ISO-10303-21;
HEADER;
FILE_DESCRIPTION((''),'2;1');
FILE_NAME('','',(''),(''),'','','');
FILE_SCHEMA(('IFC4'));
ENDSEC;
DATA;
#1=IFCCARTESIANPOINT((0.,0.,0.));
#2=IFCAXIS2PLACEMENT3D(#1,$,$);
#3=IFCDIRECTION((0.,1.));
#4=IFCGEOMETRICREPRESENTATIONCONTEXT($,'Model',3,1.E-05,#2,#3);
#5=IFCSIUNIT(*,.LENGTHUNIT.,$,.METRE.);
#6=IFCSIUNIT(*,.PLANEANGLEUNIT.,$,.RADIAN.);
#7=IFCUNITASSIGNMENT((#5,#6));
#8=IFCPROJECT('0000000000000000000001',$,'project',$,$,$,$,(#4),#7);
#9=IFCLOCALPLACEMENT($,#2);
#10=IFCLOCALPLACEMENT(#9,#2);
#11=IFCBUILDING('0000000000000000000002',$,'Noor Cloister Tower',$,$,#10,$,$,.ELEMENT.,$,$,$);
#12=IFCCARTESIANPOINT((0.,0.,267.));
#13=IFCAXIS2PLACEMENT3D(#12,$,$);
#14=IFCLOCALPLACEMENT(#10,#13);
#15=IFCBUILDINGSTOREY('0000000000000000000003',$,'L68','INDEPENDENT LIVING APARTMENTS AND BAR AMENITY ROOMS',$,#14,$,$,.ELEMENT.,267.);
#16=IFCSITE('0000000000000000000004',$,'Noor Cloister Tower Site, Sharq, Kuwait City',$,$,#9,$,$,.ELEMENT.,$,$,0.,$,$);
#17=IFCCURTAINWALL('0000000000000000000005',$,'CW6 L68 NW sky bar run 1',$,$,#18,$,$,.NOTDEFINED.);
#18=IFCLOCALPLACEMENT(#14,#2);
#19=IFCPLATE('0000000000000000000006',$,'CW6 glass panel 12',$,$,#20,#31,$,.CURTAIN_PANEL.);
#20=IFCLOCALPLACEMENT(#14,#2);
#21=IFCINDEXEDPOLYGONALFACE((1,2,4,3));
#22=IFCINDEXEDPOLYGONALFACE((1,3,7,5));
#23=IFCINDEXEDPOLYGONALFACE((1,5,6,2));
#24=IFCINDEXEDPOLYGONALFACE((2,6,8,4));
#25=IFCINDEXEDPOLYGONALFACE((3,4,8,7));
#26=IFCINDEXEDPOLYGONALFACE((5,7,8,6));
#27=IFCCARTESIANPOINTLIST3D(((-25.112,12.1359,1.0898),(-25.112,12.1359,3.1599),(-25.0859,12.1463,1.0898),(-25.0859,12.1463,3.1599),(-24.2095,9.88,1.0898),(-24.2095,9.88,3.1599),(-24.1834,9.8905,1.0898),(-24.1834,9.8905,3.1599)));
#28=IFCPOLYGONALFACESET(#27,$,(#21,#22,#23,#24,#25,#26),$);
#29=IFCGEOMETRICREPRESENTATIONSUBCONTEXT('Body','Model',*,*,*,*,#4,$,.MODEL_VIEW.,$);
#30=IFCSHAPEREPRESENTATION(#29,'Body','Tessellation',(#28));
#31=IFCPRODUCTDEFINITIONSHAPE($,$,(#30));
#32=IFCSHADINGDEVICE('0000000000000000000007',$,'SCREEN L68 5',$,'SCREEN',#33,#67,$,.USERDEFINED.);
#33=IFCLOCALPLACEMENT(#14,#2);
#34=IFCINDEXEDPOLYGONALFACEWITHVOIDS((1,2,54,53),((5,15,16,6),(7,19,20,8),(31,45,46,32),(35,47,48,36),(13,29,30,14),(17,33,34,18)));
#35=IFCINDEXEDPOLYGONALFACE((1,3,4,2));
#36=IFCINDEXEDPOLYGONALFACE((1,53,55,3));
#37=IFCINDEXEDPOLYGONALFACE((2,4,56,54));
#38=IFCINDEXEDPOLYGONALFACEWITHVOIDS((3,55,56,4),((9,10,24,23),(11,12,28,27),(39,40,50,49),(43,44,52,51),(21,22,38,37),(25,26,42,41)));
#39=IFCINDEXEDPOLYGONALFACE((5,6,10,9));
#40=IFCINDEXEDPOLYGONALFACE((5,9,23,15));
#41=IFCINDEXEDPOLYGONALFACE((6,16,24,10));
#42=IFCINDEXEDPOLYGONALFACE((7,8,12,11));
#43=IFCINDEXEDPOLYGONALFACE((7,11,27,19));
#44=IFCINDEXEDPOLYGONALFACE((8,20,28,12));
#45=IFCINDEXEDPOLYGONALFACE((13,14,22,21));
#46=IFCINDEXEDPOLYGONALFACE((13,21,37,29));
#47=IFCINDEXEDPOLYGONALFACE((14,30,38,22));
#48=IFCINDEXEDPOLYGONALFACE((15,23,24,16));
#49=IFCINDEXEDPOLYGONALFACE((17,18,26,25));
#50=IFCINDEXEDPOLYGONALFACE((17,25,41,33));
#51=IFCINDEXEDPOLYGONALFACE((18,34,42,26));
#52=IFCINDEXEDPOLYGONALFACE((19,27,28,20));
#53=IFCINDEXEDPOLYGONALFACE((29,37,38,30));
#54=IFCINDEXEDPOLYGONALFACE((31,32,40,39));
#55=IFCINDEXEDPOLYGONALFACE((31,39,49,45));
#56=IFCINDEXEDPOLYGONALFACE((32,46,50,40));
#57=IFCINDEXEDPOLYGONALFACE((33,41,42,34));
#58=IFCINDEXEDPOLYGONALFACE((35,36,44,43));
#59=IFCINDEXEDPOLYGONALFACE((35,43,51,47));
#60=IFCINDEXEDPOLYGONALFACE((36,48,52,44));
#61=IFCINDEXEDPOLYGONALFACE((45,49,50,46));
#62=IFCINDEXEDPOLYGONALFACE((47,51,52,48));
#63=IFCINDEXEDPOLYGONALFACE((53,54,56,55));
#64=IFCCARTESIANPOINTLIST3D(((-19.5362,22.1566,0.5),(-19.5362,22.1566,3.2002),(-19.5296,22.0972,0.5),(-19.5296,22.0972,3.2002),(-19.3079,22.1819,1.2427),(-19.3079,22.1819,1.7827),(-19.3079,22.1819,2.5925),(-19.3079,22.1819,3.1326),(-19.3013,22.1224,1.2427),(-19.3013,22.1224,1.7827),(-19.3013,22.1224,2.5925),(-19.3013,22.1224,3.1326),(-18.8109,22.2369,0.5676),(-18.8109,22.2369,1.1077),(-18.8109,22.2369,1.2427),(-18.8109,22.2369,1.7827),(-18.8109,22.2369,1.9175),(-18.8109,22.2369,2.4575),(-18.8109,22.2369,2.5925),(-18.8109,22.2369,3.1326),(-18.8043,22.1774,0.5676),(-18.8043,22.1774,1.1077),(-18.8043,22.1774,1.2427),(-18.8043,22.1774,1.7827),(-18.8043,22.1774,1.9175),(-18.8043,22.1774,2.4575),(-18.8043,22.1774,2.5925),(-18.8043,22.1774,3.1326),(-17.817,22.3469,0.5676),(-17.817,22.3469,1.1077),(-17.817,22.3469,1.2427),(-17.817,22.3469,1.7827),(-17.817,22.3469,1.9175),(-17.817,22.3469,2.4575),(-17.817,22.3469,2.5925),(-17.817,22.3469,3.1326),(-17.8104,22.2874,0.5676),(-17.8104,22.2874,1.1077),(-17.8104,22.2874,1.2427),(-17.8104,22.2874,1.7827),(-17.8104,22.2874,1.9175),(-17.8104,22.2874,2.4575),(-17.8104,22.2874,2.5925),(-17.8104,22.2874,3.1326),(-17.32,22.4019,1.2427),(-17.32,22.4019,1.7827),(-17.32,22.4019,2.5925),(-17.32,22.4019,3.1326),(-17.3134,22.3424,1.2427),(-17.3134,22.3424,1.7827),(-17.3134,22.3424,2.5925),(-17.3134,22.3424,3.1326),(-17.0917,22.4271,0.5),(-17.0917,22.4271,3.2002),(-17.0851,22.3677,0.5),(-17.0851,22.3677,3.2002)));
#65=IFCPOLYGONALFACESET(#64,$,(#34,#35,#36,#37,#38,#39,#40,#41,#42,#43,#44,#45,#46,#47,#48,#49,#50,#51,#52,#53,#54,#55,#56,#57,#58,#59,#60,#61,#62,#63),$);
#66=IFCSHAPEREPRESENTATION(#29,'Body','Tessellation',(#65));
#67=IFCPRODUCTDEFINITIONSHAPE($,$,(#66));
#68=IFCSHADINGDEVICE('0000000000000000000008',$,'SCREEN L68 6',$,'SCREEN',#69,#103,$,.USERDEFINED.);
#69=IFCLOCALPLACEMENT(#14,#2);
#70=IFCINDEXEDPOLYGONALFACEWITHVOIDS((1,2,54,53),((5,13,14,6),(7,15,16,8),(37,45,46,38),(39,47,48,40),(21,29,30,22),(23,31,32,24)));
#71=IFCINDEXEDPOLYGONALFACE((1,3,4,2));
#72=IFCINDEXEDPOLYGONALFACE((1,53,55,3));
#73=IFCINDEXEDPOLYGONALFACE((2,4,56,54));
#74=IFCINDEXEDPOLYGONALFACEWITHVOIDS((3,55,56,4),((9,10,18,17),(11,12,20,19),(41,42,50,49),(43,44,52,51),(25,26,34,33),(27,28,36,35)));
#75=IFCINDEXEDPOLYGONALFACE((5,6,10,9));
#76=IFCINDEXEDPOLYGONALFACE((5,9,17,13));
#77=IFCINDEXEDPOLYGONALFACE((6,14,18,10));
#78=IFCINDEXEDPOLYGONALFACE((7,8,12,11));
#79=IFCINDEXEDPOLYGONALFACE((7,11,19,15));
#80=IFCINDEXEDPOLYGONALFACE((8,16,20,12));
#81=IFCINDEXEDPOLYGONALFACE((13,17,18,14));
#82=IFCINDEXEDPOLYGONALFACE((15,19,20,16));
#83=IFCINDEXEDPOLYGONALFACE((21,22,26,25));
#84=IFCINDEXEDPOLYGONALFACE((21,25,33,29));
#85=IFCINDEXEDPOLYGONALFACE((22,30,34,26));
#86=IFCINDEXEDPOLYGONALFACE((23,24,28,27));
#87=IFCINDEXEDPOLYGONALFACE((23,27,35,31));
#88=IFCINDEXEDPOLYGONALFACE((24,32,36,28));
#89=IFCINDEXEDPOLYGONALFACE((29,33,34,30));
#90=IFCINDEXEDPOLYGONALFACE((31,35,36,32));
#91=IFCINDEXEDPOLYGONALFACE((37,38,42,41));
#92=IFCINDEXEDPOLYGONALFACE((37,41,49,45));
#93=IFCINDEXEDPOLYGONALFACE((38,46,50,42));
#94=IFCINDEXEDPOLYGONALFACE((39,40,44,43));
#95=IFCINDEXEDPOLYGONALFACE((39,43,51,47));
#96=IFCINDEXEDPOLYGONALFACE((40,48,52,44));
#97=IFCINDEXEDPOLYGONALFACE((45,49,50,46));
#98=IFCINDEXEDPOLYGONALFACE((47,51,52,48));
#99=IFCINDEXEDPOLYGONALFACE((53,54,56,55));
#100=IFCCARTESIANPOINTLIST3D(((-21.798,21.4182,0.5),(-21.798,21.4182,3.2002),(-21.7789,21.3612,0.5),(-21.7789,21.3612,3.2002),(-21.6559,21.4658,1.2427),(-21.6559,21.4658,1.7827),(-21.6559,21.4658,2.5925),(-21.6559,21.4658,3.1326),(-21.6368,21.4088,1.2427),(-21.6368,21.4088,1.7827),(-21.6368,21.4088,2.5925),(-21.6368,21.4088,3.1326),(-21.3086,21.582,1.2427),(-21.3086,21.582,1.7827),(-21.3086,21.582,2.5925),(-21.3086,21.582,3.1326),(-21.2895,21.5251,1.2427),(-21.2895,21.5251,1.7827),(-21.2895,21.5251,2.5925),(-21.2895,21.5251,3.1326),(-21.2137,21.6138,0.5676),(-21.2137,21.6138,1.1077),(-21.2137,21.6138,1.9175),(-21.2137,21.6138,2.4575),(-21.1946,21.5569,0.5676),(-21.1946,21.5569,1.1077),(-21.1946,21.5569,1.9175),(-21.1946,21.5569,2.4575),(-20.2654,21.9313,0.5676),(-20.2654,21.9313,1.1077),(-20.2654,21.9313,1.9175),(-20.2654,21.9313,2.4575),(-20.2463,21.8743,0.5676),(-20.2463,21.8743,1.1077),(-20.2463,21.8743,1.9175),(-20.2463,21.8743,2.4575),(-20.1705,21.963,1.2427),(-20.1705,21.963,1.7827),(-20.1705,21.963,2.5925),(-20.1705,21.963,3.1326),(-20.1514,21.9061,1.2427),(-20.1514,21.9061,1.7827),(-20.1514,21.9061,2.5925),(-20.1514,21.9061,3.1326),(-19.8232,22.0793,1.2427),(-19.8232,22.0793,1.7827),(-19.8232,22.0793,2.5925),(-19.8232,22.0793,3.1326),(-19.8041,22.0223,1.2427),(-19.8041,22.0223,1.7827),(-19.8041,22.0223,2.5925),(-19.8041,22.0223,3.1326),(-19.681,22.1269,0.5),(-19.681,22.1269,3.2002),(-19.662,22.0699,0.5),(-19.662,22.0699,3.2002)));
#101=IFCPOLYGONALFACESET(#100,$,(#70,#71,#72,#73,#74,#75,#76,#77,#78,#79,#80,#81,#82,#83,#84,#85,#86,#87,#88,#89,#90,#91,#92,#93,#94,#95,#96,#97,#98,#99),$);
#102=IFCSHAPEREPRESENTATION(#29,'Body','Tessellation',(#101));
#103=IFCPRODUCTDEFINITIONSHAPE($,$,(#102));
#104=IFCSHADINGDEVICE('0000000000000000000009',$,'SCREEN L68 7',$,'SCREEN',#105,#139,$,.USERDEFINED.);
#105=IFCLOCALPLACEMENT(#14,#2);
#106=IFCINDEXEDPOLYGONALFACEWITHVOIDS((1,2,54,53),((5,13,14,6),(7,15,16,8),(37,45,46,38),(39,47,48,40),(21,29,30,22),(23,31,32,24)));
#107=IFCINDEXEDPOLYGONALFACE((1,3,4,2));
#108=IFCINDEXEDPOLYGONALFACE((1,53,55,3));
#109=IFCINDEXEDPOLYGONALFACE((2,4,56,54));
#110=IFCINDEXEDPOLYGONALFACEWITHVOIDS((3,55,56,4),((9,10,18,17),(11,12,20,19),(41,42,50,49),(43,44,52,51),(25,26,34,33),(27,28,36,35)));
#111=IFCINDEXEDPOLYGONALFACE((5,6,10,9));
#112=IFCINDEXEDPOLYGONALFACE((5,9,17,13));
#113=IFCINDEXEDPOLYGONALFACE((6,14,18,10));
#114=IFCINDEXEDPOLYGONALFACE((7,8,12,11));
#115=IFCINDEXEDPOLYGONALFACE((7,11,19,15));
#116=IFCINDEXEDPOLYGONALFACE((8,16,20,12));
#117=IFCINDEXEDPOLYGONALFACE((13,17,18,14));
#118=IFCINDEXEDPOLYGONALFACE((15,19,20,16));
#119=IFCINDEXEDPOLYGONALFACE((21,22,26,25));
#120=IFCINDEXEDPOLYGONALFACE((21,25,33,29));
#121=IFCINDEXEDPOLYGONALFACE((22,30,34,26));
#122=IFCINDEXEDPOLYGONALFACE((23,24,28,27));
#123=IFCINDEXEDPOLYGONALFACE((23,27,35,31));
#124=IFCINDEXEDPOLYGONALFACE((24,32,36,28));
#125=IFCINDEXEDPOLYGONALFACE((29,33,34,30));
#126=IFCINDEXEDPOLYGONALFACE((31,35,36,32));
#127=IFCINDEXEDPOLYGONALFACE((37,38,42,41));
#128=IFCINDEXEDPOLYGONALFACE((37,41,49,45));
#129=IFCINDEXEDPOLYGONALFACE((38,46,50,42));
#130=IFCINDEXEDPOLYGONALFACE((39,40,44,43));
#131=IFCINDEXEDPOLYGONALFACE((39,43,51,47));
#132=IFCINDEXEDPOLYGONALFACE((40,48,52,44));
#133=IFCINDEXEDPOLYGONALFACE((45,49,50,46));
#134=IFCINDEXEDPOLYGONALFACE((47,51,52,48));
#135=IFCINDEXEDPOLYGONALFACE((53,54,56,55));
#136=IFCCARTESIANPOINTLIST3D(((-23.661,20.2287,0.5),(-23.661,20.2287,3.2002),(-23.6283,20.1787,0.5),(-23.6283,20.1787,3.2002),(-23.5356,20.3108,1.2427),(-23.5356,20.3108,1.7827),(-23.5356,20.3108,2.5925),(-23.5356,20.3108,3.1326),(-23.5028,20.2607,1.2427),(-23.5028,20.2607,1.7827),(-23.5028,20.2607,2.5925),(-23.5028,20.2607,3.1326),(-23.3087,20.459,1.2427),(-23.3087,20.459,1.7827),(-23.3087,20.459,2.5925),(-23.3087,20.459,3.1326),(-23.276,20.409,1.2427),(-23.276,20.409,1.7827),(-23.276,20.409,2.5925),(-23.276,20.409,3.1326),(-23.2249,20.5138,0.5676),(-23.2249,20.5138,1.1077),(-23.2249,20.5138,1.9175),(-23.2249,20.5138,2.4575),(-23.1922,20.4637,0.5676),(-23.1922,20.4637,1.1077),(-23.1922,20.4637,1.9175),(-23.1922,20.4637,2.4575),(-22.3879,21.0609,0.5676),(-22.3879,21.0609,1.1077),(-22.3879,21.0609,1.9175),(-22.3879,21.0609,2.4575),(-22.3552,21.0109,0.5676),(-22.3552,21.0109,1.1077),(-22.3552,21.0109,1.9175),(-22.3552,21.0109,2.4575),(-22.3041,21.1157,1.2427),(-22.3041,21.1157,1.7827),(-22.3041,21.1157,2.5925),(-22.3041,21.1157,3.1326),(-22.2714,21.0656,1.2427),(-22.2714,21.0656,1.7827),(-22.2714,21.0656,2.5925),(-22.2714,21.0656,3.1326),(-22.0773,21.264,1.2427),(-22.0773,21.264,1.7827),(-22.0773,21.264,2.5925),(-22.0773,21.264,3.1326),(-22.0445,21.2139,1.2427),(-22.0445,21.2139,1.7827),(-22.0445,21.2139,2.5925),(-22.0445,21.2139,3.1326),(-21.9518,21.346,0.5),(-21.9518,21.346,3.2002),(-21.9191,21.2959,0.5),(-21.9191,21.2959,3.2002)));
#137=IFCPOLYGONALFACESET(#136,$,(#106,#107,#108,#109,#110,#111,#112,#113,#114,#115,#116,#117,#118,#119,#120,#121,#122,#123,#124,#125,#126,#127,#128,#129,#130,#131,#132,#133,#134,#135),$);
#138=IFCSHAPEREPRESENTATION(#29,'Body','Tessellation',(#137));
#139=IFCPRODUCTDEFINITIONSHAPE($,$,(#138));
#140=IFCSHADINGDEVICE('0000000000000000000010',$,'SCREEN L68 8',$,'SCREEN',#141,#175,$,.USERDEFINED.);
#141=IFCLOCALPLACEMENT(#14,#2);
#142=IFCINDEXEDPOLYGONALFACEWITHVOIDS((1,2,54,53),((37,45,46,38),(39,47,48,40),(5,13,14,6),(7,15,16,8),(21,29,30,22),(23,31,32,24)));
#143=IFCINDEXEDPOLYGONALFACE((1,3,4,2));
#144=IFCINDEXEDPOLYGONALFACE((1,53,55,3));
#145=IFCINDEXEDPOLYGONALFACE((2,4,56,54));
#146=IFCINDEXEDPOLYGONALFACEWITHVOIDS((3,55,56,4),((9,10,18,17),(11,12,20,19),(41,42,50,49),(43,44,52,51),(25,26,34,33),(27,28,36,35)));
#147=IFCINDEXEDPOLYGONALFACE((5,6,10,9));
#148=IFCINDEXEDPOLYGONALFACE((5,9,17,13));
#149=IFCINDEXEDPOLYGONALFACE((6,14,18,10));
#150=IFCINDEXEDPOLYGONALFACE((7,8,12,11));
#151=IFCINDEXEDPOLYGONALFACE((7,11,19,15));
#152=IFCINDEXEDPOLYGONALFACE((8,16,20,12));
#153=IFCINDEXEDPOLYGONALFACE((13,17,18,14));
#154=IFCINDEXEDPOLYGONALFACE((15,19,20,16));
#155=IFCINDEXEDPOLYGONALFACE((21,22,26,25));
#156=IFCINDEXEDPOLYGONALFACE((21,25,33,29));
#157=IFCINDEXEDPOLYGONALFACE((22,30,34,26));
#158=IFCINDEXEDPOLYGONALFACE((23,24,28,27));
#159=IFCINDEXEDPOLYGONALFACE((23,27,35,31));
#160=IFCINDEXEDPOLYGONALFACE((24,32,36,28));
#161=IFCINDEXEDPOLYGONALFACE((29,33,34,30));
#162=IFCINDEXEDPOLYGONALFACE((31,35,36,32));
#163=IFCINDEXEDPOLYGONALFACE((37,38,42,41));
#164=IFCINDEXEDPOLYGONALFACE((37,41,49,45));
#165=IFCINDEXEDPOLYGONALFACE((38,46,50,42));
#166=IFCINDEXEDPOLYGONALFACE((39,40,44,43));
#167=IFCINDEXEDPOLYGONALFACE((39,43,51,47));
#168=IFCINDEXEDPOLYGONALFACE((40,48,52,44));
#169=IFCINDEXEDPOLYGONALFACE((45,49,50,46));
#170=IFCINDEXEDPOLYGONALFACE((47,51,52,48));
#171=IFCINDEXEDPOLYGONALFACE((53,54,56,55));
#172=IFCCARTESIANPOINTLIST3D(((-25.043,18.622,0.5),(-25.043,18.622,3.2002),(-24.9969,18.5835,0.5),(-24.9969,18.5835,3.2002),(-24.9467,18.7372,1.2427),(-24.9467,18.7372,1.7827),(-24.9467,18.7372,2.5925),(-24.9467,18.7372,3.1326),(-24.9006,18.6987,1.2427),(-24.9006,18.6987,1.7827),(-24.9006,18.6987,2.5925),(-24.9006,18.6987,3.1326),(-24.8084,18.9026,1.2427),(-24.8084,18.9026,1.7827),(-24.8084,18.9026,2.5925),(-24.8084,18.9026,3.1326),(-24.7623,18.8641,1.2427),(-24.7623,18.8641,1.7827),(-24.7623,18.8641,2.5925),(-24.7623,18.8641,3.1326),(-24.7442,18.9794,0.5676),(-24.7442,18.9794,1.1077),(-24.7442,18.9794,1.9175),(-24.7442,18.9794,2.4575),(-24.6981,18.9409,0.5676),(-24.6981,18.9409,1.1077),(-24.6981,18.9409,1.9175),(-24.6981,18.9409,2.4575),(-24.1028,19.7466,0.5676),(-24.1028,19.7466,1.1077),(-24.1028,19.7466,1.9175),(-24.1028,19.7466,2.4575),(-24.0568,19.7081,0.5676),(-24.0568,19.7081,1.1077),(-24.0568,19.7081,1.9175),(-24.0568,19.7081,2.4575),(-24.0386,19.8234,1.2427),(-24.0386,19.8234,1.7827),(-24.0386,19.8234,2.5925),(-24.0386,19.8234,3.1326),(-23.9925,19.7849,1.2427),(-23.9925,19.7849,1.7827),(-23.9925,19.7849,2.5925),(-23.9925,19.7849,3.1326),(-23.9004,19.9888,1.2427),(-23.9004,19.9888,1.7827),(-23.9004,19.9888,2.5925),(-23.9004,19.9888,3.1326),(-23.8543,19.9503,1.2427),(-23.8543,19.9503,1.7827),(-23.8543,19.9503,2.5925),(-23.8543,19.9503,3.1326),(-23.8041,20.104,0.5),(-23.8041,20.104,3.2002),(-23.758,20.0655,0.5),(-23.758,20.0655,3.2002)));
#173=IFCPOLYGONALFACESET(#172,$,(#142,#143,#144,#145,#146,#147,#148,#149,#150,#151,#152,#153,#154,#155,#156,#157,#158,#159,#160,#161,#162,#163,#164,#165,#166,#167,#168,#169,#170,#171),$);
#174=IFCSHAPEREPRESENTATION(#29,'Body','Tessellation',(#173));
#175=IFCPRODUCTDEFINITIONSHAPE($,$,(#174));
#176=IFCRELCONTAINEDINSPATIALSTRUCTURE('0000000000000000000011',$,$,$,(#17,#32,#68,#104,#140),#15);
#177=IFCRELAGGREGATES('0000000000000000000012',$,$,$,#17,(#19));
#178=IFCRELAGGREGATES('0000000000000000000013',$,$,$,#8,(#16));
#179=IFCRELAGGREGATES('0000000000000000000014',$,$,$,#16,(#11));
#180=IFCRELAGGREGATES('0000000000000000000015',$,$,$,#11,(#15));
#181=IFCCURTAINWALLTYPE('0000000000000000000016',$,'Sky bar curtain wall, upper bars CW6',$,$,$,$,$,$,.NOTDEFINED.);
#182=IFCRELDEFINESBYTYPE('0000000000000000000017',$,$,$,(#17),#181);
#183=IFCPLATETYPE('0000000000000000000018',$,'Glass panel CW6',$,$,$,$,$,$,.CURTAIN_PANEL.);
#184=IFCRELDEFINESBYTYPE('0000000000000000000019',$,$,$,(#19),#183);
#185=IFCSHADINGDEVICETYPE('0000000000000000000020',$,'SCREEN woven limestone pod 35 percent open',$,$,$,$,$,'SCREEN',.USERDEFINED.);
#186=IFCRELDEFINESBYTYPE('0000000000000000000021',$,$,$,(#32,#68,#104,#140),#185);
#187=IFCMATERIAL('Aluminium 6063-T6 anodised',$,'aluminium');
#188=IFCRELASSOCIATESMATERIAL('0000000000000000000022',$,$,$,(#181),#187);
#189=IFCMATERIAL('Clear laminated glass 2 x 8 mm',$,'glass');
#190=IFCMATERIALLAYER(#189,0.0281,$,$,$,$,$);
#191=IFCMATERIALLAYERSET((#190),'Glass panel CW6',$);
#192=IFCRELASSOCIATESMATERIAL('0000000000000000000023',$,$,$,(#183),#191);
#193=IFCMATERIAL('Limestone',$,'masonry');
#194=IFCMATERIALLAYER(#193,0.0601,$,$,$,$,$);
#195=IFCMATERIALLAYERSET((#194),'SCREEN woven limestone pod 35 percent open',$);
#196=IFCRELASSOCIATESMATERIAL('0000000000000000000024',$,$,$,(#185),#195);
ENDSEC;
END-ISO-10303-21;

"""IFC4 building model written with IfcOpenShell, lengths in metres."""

from ifc_helpers import new_model, si_unit, direction, frame, origin, origin_2d, place, context, subcontext, project, spatial, polyline, rectangle, outline, extrude, material, layer, layer_set, type_object, element, aggregate, save


model = new_model("IFC4")

# Units and contexts
model_context = context("Model", 3, precision=1e-05, world=origin(), true_north=direction((0.0, 1.0)))
body_context = subcontext(model_context, "Body", "Model", "MODEL_VIEW")
ifc_project = project(units=[si_unit("LENGTHUNIT", "METRE"), si_unit("PLANEANGLEUNIT", "RADIAN")], contexts=[model_context])

# Site, building, storey
site_placement = place(None, origin())
site = spatial("IfcSite", under=ifc_project, at=site_placement, Name="Noor Cloister Tower Site, Sharq, Kuwait City", CompositionType="ELEMENT", RefElevation=0.0)
building_placement = place(site_placement, origin())
building = spatial("IfcBuilding", under=site, at=building_placement, Name="Noor Cloister Tower", CompositionType="ELEMENT")
storey_placement = place(building_placement, frame((0.0, 0.0, 267.0)))
storey = spatial("IfcBuildingStorey", under=building, at=storey_placement, Name="L68", Description="INDEPENDENT LIVING APARTMENTS AND BAR AMENITY ROOMS", CompositionType="ELEMENT", Elevation=267.0)

# Curtain wall
ifc_material_1 = material(Name="Aluminium 6063-T6 anodised", Category="aluminium")
curtain_wall_type = type_object("IfcCurtainWallType", Name="Sky bar curtain wall, upper bars CW6", PredefinedType="NOTDEFINED", material=ifc_material_1)
curtain_wall_placement = place(storey_placement, origin())
curtain_wall = element("IfcCurtainWall", 1, at=curtain_wall_placement, inside=storey, type_object=curtain_wall_type, Name="CW6 L68 NW sky bar run 1", PredefinedType="NOTDEFINED")

# Plate
ifc_material_2 = material(Name="Clear laminated glass 2 x 8 mm", Category="glass")
ifc_layer_1 = layer(ifc_material_2, 0.0281)
ifc_layer_set_1 = layer_set([ifc_layer_1], Name="Glass panel CW6")
plate_type = type_object("IfcPlateType", Name="Glass panel CW6", PredefinedType="CURTAIN_PANEL", material=ifc_layer_set_1)
plate_1_placement = place(storey_placement, frame((-24.6477, 11.0132, 1.0898), z_axis=(0.0, 0.0, 1.0), x_axis=(0.371435, -0.928459, 0.0)))
plate_1 = element("IfcPlate", 2, at=plate_1_placement, type_object=plate_type, Name="CW6 glass panel 12", PredefinedType="CURTAIN_PANEL", context=body_context, shape_type="SweptSolid", body=[
    extrude(rectangle(XDim=2.4297, YDim=0.0281, at=origin_2d()), origin(), (0.0, 0.0, 1.0), 2.0701),
])
aggregate(curtain_wall, [plate_1])

# Shading devices
ifc_material_3 = material(Name="Limestone", Category="masonry")
ifc_layer_2 = layer(ifc_material_3, 0.0601)
ifc_layer_set_2 = layer_set([ifc_layer_2], Name="SCREEN woven limestone pod 35 percent open")
shading_device_type = type_object("IfcShadingDeviceType", Name="SCREEN woven limestone pod 35 percent open", ElementType="SCREEN", PredefinedType="USERDEFINED", material=ifc_layer_set_2)
shading_device_1_placement = place(storey_placement, frame((-18.3074, 22.2324, 1.8501), z_axis=(-0.109984, 0.993933, 0.0), x_axis=(-0.993933, -0.109984, 0.0)))
element("IfcShadingDevice", 3, at=shading_device_1_placement, inside=storey, type_object=shading_device_type, Name="SCREEN L68 5", ObjectType="SCREEN", PredefinedType="USERDEFINED", context=body_context, shape_type="SweptSolid", body=[
    extrude(outline(polyline([(-1.2297, -1.3501), (1.2297, -1.3501), (1.2297, 1.3501), (-1.2297, 1.3501), (-1.2297, -1.3501)]), holes=[polyline([(-0.5, -1.2825), (0.5, -1.2825), (0.5, -0.7424), (-0.5, -0.7424), (-0.5, -1.2825)]), polyline([(-1.0, -0.6074), (-0.5, -0.6074), (-0.5, -0.0674), (-1.0, -0.0674), (-1.0, -0.6074)]), polyline([(0.5, -0.6074), (1.0, -0.6074), (1.0, -0.0674), (0.5, -0.0674), (0.5, -0.6074)]), polyline([(-0.5, 0.0674), (0.5, 0.0674), (0.5, 0.6074), (-0.5, 0.6074), (-0.5, 0.0674)]), polyline([(-1.0, 0.7424), (-0.5, 0.7424), (-0.5, 1.2825), (-1.0, 1.2825), (-1.0, 0.7424)]), polyline([(0.5, 0.7424), (1.0, 0.7424), (1.0, 1.2825), (0.5, 1.2825), (0.5, 0.7424)])]), origin(), (0.0, 0.0, 1.0), 0.0598),
])
shading_device_2_placement = place(storey_placement, frame((-20.7205, 21.7156, 1.8501), z_axis=(-0.317448, 0.948276, 0.0), x_axis=(-0.948276, -0.317448, 0.0)))
element("IfcShadingDevice", 4, at=shading_device_2_placement, inside=storey, type_object=shading_device_type, Name="SCREEN L68 6", ObjectType="SCREEN", PredefinedType="USERDEFINED", context=body_context, shape_type="SweptSolid", body=[
    extrude(outline(polyline([(-1.1162, -1.3501), (1.1162, -1.3501), (1.1162, 1.3501), (-1.1162, 1.3501), (-1.1162, -1.3501)]), holes=[polyline([(-0.5, -1.2825), (0.5, -1.2825), (0.5, -0.7424), (-0.5, -0.7424), (-0.5, -1.2825)]), polyline([(0.6001, -0.6074), (0.9663, -0.6074), (0.9663, -0.0674), (0.6001, -0.0674), (0.6001, -0.6074)]), polyline([(-0.9663, -0.6074), (-0.6001, -0.6074), (-0.6001, -0.0674), (-0.9663, -0.0674), (-0.9663, -0.6074)]), polyline([(-0.5, 0.0674), (0.5, 0.0674), (0.5, 0.6074), (-0.5, 0.6074), (-0.5, 0.0674)]), polyline([(0.6001, 0.7424), (0.9663, 0.7424), (0.9663, 1.2825), (0.6001, 1.2825), (0.6001, 0.7424)]), polyline([(-0.9663, 0.7424), (-0.6001, 0.7424), (-0.6001, 1.2825), (-0.9663, 1.2825), (-0.9663, 0.7424)])]), origin(), (0.0, 0.0, 1.0), 0.0601),
])
shading_device_3_placement = place(storey_placement, frame((-22.7737, 20.7373, 1.8501), z_axis=(-0.547139, 0.837042, 0.0), x_axis=(-0.837042, -0.547139, 0.0)))
element("IfcShadingDevice", 5, at=shading_device_3_placement, inside=storey, type_object=shading_device_type, Name="SCREEN L68 7", ObjectType="SCREEN", PredefinedType="USERDEFINED", context=body_context, shape_type="SweptSolid", body=[
    extrude(outline(polyline([(-1.021, -1.3501), (1.021, -1.3501), (1.021, 1.3501), (-1.021, 1.3501), (-1.021, -1.3501)]), holes=[polyline([(-0.5, -1.2825), (0.5, -1.2825), (0.5, -0.7424), (-0.5, -0.7424), (-0.5, -1.2825)]), polyline([(0.6001, -0.6074), (0.8711, -0.6074), (0.8711, -0.0674), (0.6001, -0.0674), (0.6001, -0.6074)]), polyline([(-0.8711, -0.6074), (-0.6001, -0.6074), (-0.6001, -0.0674), (-0.8711, -0.0674), (-0.8711, -0.6074)]), polyline([(-0.5, 0.0674), (0.5, 0.0674), (0.5, 0.6074), (-0.5, 0.6074), (-0.5, 0.0674)]), polyline([(0.6001, 0.7424), (0.8711, 0.7424), (0.8711, 1.2825), (0.6001, 1.2825), (0.6001, 0.7424)]), polyline([(-0.8711, 0.7424), (-0.6001, 0.7424), (-0.6001, 1.2825), (-0.8711, 1.2825), (-0.8711, 0.7424)])]), origin(), (0.0, 0.0, 1.0), 0.0598),
])
shading_device_4_placement = place(storey_placement, frame((-24.3774, 19.3245, 1.8501), z_axis=(-0.767222, 0.641381, 0.0), x_axis=(-0.641381, -0.767222, 0.0)))
element("IfcShadingDevice", 6, at=shading_device_4_placement, inside=storey, type_object=shading_device_type, Name="SCREEN L68 8", ObjectType="SCREEN", PredefinedType="USERDEFINED", context=body_context, shape_type="SweptSolid", body=[
    extrude(outline(polyline([(-0.9658, -1.3501), (0.9658, -1.3501), (0.9658, 1.3501), (-0.9658, 1.3501), (-0.9658, -1.3501)]), holes=[polyline([(-0.5, -1.2825), (0.5, -1.2825), (0.5, -0.7424), (-0.5, -0.7424), (-0.5, -1.2825)]), polyline([(0.6001, -0.6074), (0.8157, -0.6074), (0.8157, -0.0674), (0.6001, -0.0674), (0.6001, -0.6074)]), polyline([(-0.8157, -0.6074), (-0.6001, -0.6074), (-0.6001, -0.0674), (-0.8157, -0.0674), (-0.8157, -0.6074)]), polyline([(-0.5, 0.0674), (0.5, 0.0674), (0.5, 0.6074), (-0.5, 0.6074), (-0.5, 0.0674)]), polyline([(0.6001, 0.7424), (0.8157, 0.7424), (0.8157, 1.2825), (0.6001, 1.2825), (0.6001, 0.7424)]), polyline([(-0.8157, 0.7424), (-0.6001, 0.7424), (-0.6001, 1.2825), (-0.8157, 1.2825), (-0.8157, 0.7424)])]), origin(), (0.0, 0.0, 1.0), 0.0601),
])

save(model, "model.ifc")
